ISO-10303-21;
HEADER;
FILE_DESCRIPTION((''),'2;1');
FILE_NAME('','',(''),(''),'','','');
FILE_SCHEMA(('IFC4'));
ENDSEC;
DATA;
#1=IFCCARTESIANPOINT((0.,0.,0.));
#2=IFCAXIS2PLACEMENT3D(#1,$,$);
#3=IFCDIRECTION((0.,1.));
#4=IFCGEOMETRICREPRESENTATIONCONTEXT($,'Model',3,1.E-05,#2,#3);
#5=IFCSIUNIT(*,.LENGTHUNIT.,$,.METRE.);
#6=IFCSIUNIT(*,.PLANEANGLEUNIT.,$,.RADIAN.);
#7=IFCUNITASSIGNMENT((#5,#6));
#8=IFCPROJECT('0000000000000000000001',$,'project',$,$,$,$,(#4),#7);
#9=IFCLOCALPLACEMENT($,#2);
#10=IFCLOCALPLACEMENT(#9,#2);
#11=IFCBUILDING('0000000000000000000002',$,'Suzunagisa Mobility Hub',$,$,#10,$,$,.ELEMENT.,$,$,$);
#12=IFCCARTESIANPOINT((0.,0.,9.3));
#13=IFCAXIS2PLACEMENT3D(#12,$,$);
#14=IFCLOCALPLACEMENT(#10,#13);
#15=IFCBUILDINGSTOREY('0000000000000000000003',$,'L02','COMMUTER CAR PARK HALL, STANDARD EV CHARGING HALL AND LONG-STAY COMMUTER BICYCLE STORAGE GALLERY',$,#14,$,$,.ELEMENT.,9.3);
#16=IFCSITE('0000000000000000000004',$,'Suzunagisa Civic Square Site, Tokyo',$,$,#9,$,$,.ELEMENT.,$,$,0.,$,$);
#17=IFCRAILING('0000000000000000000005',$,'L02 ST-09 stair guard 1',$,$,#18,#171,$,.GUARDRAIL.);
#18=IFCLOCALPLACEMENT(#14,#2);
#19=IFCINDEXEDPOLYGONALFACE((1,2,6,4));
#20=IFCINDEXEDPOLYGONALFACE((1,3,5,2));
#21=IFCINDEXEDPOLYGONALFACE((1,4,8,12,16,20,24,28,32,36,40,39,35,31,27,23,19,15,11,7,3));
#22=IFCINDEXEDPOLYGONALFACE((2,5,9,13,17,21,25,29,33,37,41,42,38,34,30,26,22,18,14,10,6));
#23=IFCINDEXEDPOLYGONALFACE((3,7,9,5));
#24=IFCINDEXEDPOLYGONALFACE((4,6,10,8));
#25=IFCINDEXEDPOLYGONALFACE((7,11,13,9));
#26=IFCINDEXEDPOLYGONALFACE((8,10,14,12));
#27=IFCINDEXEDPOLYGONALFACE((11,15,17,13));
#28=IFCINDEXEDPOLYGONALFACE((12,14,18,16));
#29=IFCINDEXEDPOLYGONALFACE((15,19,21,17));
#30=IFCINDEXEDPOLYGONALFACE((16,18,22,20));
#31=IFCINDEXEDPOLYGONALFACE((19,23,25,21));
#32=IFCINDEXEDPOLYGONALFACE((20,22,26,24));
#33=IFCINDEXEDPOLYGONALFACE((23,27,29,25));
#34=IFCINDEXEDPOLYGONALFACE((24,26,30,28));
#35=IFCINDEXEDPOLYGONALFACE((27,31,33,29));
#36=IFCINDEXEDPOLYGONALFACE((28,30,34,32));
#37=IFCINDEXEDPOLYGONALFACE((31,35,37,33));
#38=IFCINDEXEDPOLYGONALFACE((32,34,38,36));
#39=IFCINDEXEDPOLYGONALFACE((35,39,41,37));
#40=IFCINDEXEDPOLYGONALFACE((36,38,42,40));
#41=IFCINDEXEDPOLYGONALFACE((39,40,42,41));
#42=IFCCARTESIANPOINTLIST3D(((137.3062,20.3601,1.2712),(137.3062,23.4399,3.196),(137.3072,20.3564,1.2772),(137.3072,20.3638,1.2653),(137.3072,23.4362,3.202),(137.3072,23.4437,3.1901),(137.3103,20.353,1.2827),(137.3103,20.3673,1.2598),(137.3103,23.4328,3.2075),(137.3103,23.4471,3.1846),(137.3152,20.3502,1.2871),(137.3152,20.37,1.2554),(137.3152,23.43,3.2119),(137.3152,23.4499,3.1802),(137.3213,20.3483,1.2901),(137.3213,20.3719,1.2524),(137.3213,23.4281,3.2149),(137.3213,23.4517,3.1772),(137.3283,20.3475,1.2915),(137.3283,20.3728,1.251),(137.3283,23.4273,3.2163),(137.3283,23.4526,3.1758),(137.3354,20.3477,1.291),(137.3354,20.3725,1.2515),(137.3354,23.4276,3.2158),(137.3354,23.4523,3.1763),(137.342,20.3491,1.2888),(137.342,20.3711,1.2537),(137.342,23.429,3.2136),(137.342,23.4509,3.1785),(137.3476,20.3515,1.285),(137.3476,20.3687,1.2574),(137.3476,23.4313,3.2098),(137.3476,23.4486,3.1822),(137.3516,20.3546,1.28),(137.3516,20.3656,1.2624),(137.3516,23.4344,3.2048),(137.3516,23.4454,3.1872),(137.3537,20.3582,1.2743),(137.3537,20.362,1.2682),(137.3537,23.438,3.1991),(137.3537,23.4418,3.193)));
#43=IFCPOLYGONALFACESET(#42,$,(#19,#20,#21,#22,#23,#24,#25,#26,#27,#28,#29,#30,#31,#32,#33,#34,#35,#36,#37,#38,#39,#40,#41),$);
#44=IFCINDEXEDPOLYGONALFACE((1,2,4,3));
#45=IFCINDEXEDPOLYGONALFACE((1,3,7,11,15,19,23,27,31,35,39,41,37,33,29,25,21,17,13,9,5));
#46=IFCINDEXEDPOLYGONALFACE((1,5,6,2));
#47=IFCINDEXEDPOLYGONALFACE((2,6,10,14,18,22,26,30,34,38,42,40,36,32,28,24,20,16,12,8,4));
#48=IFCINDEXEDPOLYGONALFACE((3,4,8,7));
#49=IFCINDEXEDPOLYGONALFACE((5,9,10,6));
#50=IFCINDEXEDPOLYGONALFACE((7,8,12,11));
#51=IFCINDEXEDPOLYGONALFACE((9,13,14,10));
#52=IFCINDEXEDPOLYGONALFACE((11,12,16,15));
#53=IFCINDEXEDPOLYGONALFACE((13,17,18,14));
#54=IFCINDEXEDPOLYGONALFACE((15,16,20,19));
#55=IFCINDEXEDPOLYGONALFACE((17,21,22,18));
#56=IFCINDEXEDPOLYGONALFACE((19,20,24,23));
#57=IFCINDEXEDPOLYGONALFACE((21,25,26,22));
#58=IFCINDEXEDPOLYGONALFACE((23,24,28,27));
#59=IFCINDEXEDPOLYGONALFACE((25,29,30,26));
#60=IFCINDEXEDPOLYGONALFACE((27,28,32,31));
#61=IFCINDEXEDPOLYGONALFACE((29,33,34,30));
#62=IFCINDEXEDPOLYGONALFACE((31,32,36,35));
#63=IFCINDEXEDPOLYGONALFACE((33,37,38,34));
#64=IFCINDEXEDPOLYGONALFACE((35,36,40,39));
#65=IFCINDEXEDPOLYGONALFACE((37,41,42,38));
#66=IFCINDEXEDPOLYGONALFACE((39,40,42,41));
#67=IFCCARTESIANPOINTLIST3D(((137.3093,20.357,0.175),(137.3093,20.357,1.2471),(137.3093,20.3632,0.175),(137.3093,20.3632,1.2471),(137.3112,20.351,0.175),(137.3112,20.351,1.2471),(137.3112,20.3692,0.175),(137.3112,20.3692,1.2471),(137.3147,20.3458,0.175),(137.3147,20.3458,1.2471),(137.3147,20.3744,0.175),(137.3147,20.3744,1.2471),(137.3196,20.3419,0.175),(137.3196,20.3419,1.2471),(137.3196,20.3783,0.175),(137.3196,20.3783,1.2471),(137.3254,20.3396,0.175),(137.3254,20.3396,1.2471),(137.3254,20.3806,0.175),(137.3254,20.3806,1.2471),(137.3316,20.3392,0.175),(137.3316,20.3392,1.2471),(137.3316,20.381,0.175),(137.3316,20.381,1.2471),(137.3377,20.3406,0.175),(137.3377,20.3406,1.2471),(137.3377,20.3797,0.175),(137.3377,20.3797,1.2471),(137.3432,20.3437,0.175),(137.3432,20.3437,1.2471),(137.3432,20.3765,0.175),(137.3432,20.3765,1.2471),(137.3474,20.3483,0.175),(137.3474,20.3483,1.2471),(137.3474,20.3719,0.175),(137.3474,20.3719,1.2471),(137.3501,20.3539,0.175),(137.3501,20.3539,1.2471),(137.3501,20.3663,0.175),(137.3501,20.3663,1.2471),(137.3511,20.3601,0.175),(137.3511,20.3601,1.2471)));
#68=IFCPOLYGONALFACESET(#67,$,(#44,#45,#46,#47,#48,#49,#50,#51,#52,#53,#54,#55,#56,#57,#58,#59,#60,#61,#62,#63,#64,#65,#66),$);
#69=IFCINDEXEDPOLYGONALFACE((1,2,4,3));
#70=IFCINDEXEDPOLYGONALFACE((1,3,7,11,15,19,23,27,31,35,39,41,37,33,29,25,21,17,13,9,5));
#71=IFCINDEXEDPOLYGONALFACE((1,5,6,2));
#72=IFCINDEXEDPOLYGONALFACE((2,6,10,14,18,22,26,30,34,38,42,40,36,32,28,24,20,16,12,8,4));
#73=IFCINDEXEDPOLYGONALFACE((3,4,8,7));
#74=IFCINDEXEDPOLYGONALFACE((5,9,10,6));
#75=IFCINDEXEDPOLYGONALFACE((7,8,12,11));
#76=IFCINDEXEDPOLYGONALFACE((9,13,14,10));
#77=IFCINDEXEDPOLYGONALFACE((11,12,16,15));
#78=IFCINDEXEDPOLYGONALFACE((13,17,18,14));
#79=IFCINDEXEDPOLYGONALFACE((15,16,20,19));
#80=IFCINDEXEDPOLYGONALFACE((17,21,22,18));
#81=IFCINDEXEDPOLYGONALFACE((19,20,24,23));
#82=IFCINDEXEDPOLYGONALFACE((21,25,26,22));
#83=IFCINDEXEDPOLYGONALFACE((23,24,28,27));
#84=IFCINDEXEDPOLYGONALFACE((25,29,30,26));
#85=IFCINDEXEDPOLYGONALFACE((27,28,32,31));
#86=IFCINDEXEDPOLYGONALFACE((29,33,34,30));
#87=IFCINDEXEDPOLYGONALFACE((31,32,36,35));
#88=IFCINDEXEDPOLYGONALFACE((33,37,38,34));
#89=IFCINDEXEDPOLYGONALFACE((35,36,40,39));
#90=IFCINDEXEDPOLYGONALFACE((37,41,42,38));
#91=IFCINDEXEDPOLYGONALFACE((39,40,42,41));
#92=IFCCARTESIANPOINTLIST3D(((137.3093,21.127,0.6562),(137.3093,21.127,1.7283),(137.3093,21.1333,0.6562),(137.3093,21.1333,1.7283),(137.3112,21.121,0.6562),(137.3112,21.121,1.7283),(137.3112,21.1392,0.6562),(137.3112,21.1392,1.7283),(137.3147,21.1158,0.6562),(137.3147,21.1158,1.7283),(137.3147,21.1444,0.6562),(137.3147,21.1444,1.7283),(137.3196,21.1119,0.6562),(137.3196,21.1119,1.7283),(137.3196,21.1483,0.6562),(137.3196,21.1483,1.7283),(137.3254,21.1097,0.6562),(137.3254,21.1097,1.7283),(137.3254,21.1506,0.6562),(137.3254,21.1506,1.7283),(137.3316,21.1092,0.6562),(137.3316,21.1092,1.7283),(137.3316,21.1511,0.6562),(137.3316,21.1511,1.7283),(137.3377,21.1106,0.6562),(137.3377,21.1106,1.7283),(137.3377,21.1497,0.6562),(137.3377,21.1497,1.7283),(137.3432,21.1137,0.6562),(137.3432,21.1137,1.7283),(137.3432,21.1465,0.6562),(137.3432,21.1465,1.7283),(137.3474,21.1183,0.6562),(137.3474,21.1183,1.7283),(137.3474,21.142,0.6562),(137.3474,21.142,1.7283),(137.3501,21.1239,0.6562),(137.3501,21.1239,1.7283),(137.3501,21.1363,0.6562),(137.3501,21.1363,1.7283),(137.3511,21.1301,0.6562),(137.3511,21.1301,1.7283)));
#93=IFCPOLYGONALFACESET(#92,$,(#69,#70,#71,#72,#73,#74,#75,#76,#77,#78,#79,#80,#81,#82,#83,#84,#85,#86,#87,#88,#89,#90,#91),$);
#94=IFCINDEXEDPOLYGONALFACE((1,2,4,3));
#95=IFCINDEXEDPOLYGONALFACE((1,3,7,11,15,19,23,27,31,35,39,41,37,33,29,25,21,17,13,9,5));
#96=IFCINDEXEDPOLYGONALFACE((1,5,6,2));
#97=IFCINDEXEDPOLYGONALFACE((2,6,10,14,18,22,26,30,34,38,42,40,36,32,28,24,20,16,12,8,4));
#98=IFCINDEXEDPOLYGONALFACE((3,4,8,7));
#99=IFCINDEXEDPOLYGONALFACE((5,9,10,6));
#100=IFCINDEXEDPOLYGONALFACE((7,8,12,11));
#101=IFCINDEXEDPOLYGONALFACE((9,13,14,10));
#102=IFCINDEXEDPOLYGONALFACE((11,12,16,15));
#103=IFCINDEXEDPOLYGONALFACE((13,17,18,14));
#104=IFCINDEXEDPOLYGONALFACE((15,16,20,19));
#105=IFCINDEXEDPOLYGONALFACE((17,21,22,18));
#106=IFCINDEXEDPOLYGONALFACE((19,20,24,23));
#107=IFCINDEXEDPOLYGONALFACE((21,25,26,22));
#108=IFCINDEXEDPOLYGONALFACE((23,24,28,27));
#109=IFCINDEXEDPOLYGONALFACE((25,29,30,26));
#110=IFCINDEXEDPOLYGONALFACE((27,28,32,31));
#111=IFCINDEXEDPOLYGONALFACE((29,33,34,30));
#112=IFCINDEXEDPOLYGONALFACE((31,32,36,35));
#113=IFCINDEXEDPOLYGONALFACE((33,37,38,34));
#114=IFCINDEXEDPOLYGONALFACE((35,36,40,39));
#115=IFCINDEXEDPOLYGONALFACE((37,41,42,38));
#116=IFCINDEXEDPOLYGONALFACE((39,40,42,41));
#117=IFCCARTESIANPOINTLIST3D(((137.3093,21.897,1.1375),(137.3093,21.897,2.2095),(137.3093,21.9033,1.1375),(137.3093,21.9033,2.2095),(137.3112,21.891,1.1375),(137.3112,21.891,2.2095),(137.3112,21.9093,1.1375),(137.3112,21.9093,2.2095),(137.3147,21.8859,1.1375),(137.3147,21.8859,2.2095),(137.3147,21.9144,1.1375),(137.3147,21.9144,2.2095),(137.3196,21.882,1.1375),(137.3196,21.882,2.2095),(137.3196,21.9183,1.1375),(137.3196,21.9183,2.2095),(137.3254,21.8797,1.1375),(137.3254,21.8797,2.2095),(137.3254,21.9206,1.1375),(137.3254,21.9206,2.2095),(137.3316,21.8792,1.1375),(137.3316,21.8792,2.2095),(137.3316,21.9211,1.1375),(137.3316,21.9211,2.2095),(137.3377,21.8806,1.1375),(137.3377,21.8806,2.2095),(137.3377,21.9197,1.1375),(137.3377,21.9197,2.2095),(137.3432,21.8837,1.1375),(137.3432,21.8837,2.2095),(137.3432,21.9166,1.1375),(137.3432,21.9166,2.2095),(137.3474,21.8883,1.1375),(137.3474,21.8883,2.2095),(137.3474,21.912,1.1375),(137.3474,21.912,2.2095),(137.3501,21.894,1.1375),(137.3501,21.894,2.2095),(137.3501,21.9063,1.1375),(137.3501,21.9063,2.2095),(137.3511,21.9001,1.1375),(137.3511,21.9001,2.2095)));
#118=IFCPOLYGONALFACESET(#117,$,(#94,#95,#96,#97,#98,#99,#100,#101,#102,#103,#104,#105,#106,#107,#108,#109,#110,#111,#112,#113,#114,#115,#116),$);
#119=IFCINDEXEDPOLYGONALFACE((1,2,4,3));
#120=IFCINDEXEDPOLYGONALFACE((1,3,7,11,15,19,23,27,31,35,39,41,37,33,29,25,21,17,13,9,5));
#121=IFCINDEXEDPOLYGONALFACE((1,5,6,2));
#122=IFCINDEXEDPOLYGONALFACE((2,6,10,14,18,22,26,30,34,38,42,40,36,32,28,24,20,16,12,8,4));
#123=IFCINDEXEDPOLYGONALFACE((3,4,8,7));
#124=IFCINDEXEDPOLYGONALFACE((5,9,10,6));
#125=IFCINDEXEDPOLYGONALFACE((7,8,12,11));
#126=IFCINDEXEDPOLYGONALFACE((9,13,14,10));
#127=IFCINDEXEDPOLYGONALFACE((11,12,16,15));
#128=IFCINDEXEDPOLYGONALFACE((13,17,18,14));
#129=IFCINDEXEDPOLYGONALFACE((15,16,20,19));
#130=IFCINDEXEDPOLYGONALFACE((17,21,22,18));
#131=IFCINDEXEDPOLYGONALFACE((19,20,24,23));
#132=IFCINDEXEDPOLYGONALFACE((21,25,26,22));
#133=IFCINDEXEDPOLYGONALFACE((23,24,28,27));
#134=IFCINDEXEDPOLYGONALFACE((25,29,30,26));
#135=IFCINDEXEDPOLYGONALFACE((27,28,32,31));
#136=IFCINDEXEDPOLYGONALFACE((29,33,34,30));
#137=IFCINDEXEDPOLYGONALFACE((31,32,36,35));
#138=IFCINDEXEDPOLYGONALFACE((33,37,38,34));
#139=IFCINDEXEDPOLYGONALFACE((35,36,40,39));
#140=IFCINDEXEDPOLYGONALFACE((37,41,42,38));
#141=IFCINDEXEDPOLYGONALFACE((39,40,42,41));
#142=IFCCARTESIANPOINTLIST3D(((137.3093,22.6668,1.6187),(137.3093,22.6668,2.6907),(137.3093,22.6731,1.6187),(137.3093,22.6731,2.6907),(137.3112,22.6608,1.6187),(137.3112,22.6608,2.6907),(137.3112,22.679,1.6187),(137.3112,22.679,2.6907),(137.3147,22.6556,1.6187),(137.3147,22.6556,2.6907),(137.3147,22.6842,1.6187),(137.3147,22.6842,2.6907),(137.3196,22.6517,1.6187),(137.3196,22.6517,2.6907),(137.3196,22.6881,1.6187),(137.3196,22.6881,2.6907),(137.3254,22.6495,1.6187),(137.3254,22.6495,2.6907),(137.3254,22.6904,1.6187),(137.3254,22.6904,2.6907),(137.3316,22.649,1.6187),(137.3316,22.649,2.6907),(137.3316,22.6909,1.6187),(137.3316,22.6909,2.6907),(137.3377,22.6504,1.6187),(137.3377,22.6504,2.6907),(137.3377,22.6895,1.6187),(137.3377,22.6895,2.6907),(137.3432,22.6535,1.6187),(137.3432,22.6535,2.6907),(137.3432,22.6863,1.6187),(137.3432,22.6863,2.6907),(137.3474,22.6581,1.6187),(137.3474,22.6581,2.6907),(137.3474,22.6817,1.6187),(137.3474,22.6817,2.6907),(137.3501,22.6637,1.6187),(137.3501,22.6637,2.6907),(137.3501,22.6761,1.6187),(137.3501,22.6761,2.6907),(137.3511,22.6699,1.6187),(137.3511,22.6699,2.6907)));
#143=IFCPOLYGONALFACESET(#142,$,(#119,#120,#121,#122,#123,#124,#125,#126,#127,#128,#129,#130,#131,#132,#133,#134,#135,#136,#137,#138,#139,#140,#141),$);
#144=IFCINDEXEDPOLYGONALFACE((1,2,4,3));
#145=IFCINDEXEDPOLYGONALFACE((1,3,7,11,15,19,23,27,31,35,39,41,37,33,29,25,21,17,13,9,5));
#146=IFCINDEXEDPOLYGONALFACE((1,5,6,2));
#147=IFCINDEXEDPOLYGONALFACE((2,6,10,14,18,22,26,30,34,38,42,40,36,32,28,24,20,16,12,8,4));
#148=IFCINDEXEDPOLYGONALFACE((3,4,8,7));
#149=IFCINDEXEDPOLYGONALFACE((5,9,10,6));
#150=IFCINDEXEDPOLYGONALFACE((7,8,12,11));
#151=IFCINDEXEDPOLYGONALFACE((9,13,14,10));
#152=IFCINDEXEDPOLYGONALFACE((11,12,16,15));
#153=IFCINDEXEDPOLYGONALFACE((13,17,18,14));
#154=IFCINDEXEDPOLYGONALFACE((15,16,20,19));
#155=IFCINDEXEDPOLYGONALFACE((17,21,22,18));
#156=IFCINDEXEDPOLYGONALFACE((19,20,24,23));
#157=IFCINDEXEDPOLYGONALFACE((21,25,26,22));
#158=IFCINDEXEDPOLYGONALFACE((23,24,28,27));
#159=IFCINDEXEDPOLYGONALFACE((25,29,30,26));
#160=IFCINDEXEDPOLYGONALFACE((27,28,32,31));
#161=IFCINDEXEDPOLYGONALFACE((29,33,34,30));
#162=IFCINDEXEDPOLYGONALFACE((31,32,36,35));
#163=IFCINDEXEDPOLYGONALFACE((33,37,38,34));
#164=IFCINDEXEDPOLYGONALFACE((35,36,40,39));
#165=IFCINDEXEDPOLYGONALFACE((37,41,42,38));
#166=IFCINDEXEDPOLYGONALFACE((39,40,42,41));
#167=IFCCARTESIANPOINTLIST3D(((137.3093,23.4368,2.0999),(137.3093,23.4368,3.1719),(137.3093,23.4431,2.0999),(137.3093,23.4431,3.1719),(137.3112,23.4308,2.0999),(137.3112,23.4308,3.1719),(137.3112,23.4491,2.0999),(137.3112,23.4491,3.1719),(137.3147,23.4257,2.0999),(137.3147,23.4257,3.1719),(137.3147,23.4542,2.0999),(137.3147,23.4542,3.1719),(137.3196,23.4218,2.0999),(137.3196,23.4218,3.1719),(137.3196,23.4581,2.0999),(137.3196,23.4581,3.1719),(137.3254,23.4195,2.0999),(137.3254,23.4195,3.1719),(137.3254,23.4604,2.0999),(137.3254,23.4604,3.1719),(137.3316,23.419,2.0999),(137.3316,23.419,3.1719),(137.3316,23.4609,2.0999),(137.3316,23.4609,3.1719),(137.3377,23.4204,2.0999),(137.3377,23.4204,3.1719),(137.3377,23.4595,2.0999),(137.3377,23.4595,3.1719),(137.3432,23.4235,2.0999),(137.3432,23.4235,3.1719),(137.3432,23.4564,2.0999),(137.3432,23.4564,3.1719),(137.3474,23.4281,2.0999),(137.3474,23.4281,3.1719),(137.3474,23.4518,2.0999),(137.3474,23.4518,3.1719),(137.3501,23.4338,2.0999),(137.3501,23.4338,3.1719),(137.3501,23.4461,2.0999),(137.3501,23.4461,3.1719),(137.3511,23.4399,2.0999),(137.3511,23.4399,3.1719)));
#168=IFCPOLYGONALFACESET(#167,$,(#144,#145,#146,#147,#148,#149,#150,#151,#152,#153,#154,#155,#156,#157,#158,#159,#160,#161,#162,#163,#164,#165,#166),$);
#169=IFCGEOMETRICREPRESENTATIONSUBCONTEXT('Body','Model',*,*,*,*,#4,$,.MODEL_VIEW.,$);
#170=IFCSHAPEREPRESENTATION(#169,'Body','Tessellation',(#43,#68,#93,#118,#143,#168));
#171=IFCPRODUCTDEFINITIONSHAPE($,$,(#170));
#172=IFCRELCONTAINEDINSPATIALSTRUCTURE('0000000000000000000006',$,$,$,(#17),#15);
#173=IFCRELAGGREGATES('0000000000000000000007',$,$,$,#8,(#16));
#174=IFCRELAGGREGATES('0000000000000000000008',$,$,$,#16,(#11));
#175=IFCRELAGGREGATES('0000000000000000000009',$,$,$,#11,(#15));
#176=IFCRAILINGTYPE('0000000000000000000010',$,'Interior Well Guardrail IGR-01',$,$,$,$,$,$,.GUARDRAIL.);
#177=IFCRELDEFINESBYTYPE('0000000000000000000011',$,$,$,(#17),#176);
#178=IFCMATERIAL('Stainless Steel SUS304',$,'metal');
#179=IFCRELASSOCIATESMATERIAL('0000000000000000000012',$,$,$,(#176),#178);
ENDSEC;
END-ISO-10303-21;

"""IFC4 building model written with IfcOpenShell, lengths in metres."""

from ifc_helpers import new_model, si_unit, direction, frame, origin, origin_2d, place, context, subcontext, project, spatial, circle, extrude, material, type_object, element, save


model = new_model("IFC4")

# Units and contexts
model_context = context("Model", 3, precision=1e-05, world=origin(), true_north=direction((0.0, 1.0)))
body_context = subcontext(model_context, "Body", "Model", "MODEL_VIEW")
ifc_project = project(units=[si_unit("LENGTHUNIT", "METRE"), si_unit("PLANEANGLEUNIT", "RADIAN")], contexts=[model_context])

# Site, building, storey
site_placement = place(None, origin())
site = spatial("IfcSite", under=ifc_project, at=site_placement, Name="Suzunagisa Civic Square Site, Tokyo", CompositionType="ELEMENT", RefElevation=0.0)
building_placement = place(site_placement, origin())
building = spatial("IfcBuilding", under=site, at=building_placement, Name="Suzunagisa Mobility Hub", CompositionType="ELEMENT")
storey_placement = place(building_placement, frame((0.0, 0.0, 9.3)))
storey = spatial("IfcBuildingStorey", under=building, at=storey_placement, Name="L02", Description="COMMUTER CAR PARK HALL, STANDARD EV CHARGING HALL AND LONG-STAY COMMUTER BICYCLE STORAGE GALLERY", CompositionType="ELEMENT", Elevation=9.3)

# Railing
ifc_material_1 = material(Name="Stainless Steel SUS304", Category="metal")
railing_type_1 = type_object("IfcRailingType", Name="Interior Well Guardrail IGR-01", PredefinedType="GUARDRAIL", material=ifc_material_1)
railing_1_placement = place(storey_placement, frame((137.3301, 20.3601, 0.175)))
element("IfcRailing", 1, at=railing_1_placement, inside=storey, type_object=railing_type_1, Name="L02 ST-09 stair guard 1", PredefinedType="GUARDRAIL", context=body_context, shape_type="SweptSolid", body=[
    extrude(circle(Radius=0.0239, at=origin_2d()), frame((0.0, 0.0, 1.0962), z_axis=(0.0, 0.84801, 0.529981), x_axis=(-1.0, 0.0, 0.0)), (0.0, 0.0, 1.0), 3.6318),
    extrude(circle(Radius=0.021, at=origin_2d()), origin(), (0.0, 0.0, 1.0), 1.072),
    extrude(circle(Radius=0.021, at=origin_2d()), frame((0.0, 0.77, 0.4812)), (0.0, 0.0, 1.0), 1.072),
    extrude(circle(Radius=0.021, at=origin_2d()), frame((0.0, 1.54, 0.9624)), (0.0, 0.0, 1.0), 1.072),
    extrude(circle(Radius=0.021, at=origin_2d()), frame((0.0, 2.3098, 1.4436)), (0.0, 0.0, 1.0), 1.072),
    extrude(circle(Radius=0.021, at=origin_2d()), frame((0.0, 3.0798, 1.9248)), (0.0, 0.0, 1.0), 1.072),
])

save(model, "model.ifc")
